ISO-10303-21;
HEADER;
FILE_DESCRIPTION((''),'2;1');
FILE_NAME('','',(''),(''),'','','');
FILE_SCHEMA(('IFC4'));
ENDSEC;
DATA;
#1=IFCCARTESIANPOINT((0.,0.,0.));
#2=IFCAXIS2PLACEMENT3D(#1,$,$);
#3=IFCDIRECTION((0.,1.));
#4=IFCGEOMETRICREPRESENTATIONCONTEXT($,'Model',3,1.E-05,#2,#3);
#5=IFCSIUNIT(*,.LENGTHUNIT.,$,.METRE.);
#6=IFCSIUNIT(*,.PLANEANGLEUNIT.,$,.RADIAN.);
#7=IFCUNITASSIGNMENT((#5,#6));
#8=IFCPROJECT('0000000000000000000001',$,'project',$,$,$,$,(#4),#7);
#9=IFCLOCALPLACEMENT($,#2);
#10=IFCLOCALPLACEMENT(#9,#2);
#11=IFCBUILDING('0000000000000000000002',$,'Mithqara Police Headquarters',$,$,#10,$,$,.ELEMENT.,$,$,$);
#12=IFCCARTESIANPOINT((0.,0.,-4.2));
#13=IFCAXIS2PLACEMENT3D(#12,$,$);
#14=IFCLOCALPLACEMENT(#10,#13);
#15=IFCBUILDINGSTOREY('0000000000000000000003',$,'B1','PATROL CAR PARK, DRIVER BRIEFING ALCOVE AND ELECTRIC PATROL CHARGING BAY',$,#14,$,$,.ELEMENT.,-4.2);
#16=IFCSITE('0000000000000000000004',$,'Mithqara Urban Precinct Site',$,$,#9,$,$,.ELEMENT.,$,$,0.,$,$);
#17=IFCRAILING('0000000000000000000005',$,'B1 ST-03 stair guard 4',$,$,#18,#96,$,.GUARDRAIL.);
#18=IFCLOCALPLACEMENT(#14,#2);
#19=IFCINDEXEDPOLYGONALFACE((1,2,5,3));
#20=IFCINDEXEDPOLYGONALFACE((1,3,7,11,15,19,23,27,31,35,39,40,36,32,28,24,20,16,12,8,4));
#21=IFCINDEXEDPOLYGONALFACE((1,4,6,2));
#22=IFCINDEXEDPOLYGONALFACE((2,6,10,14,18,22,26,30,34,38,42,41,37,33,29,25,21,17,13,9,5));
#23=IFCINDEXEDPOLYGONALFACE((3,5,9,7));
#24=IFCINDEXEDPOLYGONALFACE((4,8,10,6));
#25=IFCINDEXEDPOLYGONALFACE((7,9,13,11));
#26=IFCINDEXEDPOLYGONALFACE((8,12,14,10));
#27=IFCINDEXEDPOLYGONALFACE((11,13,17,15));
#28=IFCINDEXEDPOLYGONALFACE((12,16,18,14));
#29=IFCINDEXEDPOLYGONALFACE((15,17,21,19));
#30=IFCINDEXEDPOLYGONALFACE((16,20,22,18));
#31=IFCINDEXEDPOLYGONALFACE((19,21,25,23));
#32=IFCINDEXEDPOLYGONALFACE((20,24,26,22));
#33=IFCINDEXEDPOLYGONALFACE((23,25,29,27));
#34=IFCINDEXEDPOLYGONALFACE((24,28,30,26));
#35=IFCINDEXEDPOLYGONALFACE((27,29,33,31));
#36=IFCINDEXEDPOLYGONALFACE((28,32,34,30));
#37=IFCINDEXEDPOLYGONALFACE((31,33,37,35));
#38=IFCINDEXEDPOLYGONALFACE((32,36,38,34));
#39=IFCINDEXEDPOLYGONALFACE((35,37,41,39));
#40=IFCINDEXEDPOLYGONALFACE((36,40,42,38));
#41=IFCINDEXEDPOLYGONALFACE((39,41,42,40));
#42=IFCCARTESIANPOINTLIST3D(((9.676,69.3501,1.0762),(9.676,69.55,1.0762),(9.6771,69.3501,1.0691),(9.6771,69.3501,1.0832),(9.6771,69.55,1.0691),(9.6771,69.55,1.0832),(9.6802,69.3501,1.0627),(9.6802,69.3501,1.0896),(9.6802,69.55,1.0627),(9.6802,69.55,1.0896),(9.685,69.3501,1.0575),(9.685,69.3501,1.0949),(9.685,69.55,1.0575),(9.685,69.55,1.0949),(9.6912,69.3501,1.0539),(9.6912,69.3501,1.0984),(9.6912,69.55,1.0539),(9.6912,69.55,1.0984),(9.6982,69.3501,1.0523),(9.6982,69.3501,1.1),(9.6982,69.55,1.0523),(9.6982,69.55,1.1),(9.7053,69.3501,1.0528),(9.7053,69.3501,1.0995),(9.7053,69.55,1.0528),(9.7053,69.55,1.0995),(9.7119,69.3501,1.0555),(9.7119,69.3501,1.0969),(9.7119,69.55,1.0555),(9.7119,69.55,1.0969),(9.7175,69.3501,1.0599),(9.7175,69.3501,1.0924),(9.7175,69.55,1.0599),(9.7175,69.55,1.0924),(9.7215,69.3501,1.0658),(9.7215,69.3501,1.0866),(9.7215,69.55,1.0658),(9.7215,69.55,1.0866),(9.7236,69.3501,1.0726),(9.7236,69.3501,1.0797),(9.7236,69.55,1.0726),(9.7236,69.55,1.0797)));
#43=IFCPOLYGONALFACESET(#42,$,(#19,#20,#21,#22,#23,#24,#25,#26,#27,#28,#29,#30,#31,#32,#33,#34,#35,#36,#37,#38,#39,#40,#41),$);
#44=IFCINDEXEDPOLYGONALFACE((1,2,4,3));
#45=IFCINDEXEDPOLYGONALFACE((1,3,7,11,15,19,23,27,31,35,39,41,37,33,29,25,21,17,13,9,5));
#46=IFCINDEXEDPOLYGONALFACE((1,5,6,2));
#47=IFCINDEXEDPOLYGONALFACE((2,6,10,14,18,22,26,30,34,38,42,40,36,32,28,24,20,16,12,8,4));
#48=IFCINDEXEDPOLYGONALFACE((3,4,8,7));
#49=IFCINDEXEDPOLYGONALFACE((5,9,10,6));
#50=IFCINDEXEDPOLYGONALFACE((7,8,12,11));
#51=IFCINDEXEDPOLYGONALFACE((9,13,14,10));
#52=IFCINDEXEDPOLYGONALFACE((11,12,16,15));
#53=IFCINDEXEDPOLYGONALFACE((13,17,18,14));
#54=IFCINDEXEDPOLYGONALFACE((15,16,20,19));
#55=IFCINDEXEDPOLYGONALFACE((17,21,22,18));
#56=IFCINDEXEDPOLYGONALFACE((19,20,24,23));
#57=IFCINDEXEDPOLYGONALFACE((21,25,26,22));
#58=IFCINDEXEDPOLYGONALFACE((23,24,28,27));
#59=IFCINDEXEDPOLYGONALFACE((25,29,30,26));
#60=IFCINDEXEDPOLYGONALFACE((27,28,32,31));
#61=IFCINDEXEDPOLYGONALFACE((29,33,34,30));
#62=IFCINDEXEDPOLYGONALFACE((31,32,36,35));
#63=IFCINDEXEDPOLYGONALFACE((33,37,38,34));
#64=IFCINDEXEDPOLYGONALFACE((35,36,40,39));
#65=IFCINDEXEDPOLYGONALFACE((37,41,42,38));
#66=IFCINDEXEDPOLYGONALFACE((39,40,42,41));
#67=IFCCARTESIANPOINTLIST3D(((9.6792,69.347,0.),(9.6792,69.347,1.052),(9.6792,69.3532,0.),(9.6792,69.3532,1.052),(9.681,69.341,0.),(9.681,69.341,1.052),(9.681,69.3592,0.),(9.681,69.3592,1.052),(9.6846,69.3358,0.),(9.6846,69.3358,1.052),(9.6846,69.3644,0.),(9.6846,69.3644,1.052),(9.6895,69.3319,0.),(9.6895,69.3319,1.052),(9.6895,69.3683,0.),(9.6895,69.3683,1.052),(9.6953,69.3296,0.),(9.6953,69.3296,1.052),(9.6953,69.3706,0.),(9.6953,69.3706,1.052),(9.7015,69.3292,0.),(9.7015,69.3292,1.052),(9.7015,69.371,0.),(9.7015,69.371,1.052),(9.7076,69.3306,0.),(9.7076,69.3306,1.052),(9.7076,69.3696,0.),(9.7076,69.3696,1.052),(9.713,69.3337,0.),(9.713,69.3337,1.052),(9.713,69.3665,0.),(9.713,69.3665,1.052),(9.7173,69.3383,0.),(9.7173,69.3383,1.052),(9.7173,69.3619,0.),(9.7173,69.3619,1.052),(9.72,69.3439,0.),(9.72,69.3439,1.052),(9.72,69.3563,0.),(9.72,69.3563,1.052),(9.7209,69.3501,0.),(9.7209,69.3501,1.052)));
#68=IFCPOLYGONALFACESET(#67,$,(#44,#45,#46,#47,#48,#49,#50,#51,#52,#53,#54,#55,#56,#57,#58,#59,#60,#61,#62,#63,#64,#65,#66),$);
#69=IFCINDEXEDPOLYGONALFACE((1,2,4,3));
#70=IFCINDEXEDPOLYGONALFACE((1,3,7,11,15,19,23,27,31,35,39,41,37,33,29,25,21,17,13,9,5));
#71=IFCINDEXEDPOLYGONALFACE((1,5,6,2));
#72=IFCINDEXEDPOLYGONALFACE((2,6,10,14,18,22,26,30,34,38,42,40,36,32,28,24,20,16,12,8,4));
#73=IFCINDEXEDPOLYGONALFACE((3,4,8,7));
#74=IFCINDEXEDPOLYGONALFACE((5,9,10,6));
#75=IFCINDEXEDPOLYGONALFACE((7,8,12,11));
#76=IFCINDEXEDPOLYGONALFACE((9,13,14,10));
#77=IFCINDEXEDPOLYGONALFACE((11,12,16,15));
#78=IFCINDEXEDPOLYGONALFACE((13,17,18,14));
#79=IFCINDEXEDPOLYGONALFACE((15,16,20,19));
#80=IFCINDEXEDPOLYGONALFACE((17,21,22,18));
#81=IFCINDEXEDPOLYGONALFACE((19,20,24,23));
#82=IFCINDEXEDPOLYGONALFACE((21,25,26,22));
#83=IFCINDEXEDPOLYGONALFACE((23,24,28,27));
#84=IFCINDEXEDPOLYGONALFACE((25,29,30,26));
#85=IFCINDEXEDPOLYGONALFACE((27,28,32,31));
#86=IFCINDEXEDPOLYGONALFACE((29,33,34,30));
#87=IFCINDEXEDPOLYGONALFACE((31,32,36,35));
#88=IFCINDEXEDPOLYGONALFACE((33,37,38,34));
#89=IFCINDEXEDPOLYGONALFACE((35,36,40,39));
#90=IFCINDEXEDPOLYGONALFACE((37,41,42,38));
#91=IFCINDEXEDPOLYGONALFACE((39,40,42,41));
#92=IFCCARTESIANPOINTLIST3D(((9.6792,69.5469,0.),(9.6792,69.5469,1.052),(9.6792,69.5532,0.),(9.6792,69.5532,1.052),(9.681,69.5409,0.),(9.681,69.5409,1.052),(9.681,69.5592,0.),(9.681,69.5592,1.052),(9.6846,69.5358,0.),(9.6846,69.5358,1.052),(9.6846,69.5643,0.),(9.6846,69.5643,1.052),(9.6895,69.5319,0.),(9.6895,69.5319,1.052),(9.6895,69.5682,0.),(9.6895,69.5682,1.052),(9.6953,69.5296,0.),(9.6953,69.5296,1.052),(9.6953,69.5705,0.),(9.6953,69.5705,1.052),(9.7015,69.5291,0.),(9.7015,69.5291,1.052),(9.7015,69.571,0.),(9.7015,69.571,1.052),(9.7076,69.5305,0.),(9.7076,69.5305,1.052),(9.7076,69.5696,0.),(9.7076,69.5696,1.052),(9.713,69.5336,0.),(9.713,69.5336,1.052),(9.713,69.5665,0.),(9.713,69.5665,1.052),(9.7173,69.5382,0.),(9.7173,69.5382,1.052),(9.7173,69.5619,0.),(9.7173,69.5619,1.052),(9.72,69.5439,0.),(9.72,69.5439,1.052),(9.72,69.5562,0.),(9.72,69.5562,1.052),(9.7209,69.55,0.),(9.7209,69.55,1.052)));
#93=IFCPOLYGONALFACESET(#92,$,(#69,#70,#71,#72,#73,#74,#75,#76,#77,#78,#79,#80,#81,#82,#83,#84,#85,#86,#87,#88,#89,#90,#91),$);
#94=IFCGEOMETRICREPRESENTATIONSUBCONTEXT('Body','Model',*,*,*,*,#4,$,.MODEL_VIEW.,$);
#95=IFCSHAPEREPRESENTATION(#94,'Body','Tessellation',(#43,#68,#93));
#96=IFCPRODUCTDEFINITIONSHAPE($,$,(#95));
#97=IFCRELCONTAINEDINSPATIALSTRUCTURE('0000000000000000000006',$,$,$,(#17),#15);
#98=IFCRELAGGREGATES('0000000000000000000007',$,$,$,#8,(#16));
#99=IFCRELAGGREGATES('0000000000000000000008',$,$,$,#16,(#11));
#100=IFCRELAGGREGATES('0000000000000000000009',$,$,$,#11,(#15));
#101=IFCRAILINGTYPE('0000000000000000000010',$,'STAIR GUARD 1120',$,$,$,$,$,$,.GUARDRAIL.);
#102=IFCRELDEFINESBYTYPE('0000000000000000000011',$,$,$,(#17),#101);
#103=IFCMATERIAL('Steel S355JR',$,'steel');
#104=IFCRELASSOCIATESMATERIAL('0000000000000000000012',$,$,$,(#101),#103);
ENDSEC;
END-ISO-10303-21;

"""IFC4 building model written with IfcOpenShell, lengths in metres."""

from ifc_helpers import new_model, si_unit, direction, frame, origin, origin_2d, place, context, subcontext, project, spatial, circle, extrude, material, type_object, element, save


model = new_model("IFC4")

# Units and contexts
model_context = context("Model", 3, precision=1e-05, world=origin(), true_north=direction((0.0, 1.0)))
body_context = subcontext(model_context, "Body", "Model", "MODEL_VIEW")
ifc_project = project(units=[si_unit("LENGTHUNIT", "METRE"), si_unit("PLANEANGLEUNIT", "RADIAN")], contexts=[model_context])

# Site, building, storey
site_placement = place(None, origin())
site = spatial("IfcSite", under=ifc_project, at=site_placement, Name="Mithqara Urban Precinct Site", CompositionType="ELEMENT", RefElevation=0.0)
building_placement = place(site_placement, origin())
building = spatial("IfcBuilding", under=site, at=building_placement, Name="Mithqara Police Headquarters", CompositionType="ELEMENT")
storey_placement = place(building_placement, frame((0.0, 0.0, -4.2)))
storey = spatial("IfcBuildingStorey", under=building, at=storey_placement, Name="B1", Description="PATROL CAR PARK, DRIVER BRIEFING ALCOVE AND ELECTRIC PATROL CHARGING BAY", CompositionType="ELEMENT", Elevation=-4.2)

# Shared definitions
ifc_material_1 = material(Name="Steel S355JR", Category="steel")

# Railing
railing_type_1 = type_object("IfcRailingType", Name="STAIR GUARD 1120", PredefinedType="GUARDRAIL", material=ifc_material_1)
railing_1_placement = place(storey_placement, frame((9.7, 69.3501, 0.0)))
element("IfcRailing", 1, at=railing_1_placement, inside=storey, type_object=railing_type_1, Name="B1 ST-03 stair guard 4", PredefinedType="GUARDRAIL", context=body_context, shape_type="SweptSolid", body=[
    extrude(circle(Radius=0.0239, at=origin_2d()), frame((0.0, 0.0, 1.0762), z_axis=(0.0, 1.0, 0.0), x_axis=(-1.0, 0.0, 0.0)), (0.0, 0.0, 1.0), 0.2),
    extrude(circle(Radius=0.021, at=origin_2d()), origin(), (0.0, 0.0, 1.0), 1.052),
    extrude(circle(Radius=0.021, at=origin_2d()), frame((0.0, 0.2, 0.0)), (0.0, 0.0, 1.0), 1.052),
])

save(model, "model.ifc")
